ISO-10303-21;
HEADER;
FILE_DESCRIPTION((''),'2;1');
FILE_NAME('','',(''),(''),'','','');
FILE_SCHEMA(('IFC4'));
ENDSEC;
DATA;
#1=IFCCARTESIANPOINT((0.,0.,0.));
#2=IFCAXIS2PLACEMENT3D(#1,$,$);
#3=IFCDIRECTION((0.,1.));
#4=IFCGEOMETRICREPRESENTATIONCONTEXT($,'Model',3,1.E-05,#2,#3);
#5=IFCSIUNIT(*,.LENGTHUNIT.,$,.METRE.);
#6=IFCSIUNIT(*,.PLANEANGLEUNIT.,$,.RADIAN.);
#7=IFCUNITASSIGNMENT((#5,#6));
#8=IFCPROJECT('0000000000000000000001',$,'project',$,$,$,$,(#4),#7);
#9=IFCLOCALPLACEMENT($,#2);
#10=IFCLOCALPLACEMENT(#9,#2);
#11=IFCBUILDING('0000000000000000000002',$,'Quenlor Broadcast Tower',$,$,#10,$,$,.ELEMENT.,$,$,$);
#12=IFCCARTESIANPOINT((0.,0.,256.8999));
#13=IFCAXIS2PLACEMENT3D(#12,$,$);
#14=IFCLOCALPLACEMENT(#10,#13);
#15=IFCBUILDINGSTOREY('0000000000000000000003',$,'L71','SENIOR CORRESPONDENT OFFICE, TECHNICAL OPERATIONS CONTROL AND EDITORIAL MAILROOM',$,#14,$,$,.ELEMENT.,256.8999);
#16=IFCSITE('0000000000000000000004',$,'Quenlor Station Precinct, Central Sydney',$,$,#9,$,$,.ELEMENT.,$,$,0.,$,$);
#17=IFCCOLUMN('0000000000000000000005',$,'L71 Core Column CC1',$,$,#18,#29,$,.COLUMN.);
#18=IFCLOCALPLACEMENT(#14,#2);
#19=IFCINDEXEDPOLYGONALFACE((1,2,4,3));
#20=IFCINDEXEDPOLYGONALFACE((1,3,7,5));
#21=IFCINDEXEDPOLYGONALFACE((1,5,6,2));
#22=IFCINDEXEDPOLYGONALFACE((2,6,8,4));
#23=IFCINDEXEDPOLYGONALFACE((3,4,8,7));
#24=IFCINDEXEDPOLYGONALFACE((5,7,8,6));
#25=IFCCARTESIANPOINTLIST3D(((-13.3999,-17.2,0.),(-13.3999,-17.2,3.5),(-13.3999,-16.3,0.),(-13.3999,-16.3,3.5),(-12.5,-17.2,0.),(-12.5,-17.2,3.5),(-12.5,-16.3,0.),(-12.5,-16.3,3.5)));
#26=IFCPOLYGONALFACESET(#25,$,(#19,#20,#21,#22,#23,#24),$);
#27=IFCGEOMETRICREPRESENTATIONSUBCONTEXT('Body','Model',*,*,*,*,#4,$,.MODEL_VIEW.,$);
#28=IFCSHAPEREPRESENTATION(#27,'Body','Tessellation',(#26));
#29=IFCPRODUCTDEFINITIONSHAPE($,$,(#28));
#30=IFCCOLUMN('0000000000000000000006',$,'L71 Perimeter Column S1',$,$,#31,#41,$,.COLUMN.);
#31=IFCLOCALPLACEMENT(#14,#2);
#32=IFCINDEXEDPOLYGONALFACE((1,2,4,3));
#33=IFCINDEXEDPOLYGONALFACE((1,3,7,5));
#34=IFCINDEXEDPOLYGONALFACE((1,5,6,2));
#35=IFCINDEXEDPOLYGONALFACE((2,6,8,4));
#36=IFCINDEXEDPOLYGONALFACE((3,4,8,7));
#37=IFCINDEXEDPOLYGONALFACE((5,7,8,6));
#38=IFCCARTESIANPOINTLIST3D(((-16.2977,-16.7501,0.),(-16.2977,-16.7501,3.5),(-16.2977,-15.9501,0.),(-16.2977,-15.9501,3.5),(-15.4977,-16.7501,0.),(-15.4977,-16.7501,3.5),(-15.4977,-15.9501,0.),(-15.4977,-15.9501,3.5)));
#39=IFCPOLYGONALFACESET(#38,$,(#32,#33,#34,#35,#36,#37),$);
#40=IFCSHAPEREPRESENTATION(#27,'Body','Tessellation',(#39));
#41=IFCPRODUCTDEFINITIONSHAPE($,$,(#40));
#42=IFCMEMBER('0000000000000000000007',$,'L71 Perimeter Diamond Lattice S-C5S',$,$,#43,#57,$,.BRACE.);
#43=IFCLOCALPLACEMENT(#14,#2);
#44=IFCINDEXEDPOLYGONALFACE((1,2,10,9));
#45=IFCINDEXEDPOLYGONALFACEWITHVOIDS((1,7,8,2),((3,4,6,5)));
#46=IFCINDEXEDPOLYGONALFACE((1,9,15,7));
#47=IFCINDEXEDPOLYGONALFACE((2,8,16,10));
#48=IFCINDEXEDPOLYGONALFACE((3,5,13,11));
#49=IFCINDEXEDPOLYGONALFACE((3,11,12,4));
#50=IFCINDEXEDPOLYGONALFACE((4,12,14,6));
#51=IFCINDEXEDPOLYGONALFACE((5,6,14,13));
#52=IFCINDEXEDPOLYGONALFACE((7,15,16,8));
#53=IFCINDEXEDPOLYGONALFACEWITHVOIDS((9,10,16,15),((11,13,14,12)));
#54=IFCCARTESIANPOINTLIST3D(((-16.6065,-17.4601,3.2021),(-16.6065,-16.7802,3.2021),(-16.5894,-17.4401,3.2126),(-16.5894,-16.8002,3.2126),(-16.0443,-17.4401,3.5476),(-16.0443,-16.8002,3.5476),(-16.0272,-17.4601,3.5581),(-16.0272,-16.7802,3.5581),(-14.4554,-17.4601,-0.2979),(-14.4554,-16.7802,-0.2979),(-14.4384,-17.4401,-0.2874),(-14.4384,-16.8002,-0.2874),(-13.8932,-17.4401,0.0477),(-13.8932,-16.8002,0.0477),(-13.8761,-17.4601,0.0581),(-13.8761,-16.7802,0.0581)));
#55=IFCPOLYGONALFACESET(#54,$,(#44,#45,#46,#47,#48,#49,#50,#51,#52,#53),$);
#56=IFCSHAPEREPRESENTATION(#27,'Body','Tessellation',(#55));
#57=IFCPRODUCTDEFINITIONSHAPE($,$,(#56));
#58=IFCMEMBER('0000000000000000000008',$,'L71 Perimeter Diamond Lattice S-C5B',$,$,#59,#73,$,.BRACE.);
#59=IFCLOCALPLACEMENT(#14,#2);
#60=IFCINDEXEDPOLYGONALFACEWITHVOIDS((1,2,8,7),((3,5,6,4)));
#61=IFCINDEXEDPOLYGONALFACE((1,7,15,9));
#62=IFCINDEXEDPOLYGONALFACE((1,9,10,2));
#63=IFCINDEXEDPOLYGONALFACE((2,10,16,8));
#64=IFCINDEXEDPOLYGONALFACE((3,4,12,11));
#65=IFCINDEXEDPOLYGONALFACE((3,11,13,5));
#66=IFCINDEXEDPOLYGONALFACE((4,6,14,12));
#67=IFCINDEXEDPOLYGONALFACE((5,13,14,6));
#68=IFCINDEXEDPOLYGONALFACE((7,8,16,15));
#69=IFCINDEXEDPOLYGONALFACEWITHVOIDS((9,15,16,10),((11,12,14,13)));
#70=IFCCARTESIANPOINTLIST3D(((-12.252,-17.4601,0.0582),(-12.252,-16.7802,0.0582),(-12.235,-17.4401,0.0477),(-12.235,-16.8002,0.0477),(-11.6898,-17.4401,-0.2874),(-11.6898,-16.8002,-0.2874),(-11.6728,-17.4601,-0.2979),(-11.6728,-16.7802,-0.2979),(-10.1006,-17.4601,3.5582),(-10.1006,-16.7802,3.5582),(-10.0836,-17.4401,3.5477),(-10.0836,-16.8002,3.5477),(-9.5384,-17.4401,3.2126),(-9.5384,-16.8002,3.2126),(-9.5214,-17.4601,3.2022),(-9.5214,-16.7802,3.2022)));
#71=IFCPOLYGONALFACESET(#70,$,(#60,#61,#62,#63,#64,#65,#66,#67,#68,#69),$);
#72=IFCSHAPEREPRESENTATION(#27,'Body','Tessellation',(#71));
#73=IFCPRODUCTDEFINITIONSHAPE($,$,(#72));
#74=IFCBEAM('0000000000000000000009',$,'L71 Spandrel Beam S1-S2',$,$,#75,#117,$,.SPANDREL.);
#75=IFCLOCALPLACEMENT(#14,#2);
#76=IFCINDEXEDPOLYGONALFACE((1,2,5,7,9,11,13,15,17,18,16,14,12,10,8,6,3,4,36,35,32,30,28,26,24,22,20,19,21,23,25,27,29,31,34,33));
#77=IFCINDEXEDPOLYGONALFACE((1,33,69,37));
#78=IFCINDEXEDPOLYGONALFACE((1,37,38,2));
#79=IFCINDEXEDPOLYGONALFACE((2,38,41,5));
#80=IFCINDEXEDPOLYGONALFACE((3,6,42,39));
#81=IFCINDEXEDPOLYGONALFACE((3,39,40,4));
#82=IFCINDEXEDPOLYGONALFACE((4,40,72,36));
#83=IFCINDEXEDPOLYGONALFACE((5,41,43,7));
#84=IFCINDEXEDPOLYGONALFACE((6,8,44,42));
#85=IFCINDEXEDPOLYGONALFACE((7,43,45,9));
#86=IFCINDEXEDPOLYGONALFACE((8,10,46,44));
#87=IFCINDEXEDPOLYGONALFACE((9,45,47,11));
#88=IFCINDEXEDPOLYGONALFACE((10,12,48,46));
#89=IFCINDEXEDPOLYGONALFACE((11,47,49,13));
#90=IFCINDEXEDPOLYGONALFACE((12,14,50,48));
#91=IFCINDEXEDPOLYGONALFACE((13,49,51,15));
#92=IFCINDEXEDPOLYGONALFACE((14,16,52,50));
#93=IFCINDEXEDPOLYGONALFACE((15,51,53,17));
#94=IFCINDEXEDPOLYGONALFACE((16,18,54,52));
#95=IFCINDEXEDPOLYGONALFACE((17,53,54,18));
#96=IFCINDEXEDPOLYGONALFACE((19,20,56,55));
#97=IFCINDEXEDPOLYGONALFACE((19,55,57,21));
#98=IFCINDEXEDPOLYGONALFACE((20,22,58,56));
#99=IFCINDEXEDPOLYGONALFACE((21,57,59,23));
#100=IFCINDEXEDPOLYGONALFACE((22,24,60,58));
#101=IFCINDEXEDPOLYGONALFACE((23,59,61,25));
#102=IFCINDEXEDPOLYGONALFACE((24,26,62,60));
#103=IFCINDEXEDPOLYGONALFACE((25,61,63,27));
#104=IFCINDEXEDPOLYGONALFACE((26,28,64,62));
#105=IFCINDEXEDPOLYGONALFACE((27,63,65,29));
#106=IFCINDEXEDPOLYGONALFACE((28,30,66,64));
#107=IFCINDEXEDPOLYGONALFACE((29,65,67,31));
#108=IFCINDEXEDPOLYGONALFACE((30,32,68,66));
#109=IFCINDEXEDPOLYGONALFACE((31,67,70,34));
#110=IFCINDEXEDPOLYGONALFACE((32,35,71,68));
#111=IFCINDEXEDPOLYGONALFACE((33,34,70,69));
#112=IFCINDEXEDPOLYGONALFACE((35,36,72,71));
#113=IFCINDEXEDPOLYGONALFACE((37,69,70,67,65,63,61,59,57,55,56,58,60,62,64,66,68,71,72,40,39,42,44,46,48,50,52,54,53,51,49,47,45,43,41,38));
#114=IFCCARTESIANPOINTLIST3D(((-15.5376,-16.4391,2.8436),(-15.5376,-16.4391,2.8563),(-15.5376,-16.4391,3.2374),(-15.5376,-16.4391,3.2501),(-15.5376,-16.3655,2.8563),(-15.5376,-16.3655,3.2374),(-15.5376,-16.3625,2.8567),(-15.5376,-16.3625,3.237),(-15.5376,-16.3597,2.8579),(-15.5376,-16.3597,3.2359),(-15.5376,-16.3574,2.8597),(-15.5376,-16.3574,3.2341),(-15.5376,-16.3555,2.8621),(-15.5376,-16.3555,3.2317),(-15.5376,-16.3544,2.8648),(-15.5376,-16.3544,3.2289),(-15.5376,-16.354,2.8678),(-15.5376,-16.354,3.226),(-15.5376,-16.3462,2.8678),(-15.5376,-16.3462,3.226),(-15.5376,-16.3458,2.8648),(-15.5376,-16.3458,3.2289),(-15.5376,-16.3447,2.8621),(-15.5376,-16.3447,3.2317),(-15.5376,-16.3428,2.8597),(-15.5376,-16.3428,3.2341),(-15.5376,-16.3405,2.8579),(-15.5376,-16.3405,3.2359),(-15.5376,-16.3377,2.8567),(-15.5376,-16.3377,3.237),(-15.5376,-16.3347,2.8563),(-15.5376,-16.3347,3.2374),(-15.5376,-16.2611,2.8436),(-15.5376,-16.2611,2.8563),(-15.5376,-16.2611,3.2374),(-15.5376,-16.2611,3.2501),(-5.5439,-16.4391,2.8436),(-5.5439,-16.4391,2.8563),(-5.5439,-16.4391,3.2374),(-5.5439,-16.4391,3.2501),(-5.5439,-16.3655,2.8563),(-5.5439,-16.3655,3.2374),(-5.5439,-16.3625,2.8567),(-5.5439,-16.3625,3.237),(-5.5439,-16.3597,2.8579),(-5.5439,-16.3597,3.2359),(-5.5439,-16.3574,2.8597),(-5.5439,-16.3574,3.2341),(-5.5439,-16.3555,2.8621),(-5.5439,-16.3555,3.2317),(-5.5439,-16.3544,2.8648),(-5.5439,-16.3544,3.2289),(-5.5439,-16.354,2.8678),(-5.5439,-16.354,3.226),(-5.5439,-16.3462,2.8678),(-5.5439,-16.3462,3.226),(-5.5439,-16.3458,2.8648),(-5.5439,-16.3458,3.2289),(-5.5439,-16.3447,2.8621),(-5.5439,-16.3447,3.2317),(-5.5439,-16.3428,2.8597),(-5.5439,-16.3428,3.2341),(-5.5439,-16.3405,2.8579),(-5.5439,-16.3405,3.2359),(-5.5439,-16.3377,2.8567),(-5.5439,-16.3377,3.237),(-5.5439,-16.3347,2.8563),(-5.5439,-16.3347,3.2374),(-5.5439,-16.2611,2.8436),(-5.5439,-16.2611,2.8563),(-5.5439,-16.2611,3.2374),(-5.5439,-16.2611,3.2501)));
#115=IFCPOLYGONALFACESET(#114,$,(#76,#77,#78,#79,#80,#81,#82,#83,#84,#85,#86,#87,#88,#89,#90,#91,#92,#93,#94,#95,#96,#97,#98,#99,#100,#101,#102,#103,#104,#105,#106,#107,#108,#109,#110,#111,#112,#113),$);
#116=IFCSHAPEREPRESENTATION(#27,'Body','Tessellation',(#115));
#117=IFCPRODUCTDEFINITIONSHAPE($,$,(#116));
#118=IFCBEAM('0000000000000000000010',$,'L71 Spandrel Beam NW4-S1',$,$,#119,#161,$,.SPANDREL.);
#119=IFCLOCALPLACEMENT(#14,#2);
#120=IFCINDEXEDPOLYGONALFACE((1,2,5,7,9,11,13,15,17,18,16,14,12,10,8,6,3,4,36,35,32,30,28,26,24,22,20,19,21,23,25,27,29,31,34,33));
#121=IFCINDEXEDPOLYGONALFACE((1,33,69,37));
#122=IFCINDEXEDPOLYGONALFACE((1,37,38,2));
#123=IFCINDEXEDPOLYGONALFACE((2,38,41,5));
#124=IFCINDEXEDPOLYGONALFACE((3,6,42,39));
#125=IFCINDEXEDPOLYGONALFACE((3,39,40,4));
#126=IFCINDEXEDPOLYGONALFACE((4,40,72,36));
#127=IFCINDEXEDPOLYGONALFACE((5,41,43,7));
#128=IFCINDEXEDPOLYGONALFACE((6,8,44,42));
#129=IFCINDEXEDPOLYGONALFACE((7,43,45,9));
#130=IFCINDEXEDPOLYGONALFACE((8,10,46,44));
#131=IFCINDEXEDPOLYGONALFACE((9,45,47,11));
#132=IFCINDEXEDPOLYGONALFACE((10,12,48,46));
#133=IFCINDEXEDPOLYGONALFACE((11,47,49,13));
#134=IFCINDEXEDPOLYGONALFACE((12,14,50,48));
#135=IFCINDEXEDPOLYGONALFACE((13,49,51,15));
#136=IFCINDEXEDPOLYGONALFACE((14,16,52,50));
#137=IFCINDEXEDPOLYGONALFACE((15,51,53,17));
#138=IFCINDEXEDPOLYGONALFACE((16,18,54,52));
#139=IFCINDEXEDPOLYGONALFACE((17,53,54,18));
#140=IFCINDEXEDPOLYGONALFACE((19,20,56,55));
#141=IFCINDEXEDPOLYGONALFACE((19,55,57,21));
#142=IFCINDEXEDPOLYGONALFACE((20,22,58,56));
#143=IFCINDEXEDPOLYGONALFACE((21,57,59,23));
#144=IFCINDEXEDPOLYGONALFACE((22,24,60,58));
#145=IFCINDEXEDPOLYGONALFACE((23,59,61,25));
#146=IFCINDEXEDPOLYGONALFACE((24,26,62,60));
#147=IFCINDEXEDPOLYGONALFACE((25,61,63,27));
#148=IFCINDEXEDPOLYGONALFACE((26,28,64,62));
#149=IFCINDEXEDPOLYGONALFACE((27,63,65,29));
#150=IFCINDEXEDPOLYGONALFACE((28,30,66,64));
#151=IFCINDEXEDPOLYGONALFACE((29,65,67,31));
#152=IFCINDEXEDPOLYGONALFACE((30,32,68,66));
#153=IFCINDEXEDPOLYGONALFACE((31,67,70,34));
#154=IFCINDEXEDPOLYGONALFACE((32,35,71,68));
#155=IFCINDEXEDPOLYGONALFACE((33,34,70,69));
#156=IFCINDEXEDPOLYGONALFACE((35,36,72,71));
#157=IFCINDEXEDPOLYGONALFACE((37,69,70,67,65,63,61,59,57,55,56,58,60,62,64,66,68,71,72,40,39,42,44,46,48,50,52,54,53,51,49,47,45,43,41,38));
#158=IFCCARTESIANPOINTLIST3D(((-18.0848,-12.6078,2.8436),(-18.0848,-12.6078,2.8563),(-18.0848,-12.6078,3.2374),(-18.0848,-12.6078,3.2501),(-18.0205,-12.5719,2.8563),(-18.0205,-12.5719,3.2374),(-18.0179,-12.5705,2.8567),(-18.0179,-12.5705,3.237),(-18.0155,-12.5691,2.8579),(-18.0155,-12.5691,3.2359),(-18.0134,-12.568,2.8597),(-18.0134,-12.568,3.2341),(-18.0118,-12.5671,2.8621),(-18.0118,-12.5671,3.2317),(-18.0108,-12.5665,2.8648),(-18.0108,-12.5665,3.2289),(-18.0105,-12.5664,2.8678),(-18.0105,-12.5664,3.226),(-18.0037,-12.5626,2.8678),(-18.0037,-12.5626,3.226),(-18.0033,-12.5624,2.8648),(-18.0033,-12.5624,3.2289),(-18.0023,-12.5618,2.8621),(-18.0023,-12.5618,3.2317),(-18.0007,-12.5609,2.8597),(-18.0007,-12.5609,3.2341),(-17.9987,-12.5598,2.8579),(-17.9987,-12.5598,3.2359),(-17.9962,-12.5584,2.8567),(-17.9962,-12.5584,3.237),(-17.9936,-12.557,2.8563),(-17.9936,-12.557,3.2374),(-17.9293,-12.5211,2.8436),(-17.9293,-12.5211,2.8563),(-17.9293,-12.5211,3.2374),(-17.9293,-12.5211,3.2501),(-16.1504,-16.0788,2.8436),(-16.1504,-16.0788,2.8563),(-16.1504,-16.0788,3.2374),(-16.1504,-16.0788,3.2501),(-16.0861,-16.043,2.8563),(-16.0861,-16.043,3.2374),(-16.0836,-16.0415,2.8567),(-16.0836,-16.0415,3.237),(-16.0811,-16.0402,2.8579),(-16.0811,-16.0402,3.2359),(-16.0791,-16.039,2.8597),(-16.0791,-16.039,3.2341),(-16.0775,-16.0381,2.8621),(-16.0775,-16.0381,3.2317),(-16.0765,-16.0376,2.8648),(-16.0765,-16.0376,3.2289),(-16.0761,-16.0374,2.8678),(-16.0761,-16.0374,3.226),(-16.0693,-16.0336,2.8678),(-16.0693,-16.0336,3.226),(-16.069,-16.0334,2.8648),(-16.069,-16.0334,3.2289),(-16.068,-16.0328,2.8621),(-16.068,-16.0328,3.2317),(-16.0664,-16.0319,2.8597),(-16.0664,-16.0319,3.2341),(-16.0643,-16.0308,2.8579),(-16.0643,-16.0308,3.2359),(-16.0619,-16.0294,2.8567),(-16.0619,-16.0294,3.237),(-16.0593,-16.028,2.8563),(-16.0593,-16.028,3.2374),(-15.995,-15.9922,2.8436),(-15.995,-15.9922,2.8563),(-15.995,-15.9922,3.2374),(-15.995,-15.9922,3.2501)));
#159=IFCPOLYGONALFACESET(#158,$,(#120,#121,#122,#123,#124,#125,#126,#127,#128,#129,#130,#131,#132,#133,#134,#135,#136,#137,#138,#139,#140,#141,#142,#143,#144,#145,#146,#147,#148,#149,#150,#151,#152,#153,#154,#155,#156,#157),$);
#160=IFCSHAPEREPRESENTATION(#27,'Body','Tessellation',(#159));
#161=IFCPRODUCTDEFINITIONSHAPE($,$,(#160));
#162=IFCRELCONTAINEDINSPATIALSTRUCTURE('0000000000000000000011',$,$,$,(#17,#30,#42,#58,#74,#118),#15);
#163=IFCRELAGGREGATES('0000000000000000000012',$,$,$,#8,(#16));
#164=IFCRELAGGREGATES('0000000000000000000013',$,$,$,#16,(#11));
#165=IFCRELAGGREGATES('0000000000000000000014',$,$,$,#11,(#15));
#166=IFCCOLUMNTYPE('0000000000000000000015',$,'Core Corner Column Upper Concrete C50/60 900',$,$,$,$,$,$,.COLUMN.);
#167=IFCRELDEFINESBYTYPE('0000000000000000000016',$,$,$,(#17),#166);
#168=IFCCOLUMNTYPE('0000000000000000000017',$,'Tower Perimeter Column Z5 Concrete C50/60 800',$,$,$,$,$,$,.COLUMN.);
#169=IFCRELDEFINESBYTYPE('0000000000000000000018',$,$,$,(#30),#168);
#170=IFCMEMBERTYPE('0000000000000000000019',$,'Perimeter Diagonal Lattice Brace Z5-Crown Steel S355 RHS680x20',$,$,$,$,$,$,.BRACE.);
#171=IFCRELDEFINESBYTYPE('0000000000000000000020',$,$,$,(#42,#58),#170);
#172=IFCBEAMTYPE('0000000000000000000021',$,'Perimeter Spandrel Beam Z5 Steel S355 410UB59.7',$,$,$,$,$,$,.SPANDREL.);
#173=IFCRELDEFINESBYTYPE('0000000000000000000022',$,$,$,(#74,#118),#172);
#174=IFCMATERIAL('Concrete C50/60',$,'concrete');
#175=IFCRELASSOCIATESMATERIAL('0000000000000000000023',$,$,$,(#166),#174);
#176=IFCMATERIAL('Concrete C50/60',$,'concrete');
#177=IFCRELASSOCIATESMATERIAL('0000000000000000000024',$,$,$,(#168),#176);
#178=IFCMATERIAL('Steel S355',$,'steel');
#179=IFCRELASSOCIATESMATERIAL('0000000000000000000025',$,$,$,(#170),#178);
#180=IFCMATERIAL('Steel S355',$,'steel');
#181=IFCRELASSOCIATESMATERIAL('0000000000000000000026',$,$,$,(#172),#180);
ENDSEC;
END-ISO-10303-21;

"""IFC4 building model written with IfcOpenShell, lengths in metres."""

from ifc_helpers import new_model, si_unit, direction, frame, origin, origin_2d, place, context, subcontext, project, spatial, rectangle, hollow_rectangle, i_section, extrude, material, material_profile, profile_set, type_object, element, save


model = new_model("IFC4")

# Units and contexts
model_context = context("Model", 3, precision=1e-05, world=origin(), true_north=direction((0.0, 1.0)))
body_context = subcontext(model_context, "Body", "Model", "MODEL_VIEW")
ifc_project = project(units=[si_unit("LENGTHUNIT", "METRE"), si_unit("PLANEANGLEUNIT", "RADIAN")], contexts=[model_context])

# Site, building, storey
site_placement = place(None, origin())
site = spatial("IfcSite", under=ifc_project, at=site_placement, Name="Quenlor Station Precinct, Central Sydney", CompositionType="ELEMENT", RefElevation=0.0)
building_placement = place(site_placement, origin())
building = spatial("IfcBuilding", under=site, at=building_placement, Name="Quenlor Broadcast Tower", CompositionType="ELEMENT")
storey_placement = place(building_placement, frame((0.0, 0.0, 256.8999)))
storey = spatial("IfcBuildingStorey", under=building, at=storey_placement, Name="L71", Description="SENIOR CORRESPONDENT OFFICE, TECHNICAL OPERATIONS CONTROL AND EDITORIAL MAILROOM", CompositionType="ELEMENT", Elevation=256.8999)

# Columns
ifc_material_1 = material(Name="Concrete C50/60", Category="concrete")
ifc_material_profile_1 = material_profile(ifc_material_1, rectangle(XDim=0.8999, YDim=0.8999, at=origin_2d()))
ifc_profile_set_1 = profile_set([ifc_material_profile_1], Name="Concrete C50/60 RC900x900")
column_type_1 = type_object("IfcColumnType", Name="Core Corner Column Upper Concrete C50/60 900", PredefinedType="COLUMN", material=ifc_profile_set_1)
column_1_placement = place(storey_placement, frame((-12.95, -16.75, 0.0), z_axis=(0.0, 0.0, 1.0), x_axis=(1.0, 0.0, 0.0)))
element("IfcColumn", 1, at=column_1_placement, inside=storey, type_object=column_type_1, Name="L71 Core Column CC1", PredefinedType="COLUMN", context=body_context, shape_type="SweptSolid", body=[
    extrude(rectangle(XDim=0.8999, YDim=0.8999, at=origin_2d()), origin(), (0.0, 0.0, 1.0), 3.5),
])
ifc_material_2 = material(Name="Concrete C50/60", Category="concrete")
ifc_material_profile_2 = material_profile(ifc_material_2, rectangle(XDim=0.8, YDim=0.8, at=origin_2d()))
ifc_profile_set_2 = profile_set([ifc_material_profile_2], Name="Concrete C50/60 RC800x800")
column_type_2 = type_object("IfcColumnType", Name="Tower Perimeter Column Z5 Concrete C50/60 800", PredefinedType="COLUMN", material=ifc_profile_set_2)
column_2_placement = place(storey_placement, frame((-15.8977, -16.3501, 0.0), z_axis=(0.0, 0.0, 1.0), x_axis=(0.0, 1.0, 0.0)))
element("IfcColumn", 2, at=column_2_placement, inside=storey, type_object=column_type_2, Name="L71 Perimeter Column S1", PredefinedType="COLUMN", context=body_context, shape_type="SweptSolid", body=[
    extrude(rectangle(XDim=0.8, YDim=0.8, at=origin_2d()), origin(), (0.0, 0.0, 1.0), 3.5),
])

# Members
ifc_material_3 = material(Name="Steel S355", Category="steel")
ifc_material_profile_3 = material_profile(ifc_material_3, hollow_rectangle(XDim=0.6799, YDim=0.6799, WallThickness=0.02, at=origin_2d()))
ifc_profile_set_3 = profile_set([ifc_material_profile_3], Name="Steel S355 RHS680x680x20")
member_type = type_object("IfcMemberType", Name="Perimeter Diagonal Lattice Brace Z5-Crown Steel S355 RHS680x20", PredefinedType="BRACE", material=ifc_profile_set_3)
member_1_placement = place(storey_placement, frame((-14.1658, -17.1201, -0.1199), z_axis=(-0.523617, 0.0, 0.851954), x_axis=(0.0, -1.0, 0.0)))
element("IfcMember", 3, at=member_1_placement, inside=storey, type_object=member_type, Name="L71 Perimeter Diamond Lattice S-C5S", PredefinedType="BRACE", context=body_context, shape_type="SweptSolid", body=[
    extrude(hollow_rectangle(XDim=0.6799, YDim=0.6799, WallThickness=0.02, at=origin_2d()), origin(), (0.0, 0.0, 1.0), 4.1082),
])
member_2_placement = place(storey_placement, frame((-11.9624, -17.1201, -0.1199), z_axis=(0.52366, 0.0, 0.851928), x_axis=(0.0, 1.0, 0.0)))
element("IfcMember", 4, at=member_2_placement, inside=storey, type_object=member_type, Name="L71 Perimeter Diamond Lattice S-C5B", PredefinedType="BRACE", context=body_context, shape_type="SweptSolid", body=[
    extrude(hollow_rectangle(XDim=0.6799, YDim=0.6799, WallThickness=0.02, at=origin_2d()), origin(), (0.0, 0.0, 1.0), 4.1084),
])

# Beams
ifc_material_4 = material(Name="Steel S355", Category="steel")
ifc_material_profile_4 = material_profile(ifc_material_4, i_section(OverallWidth=0.178, OverallDepth=0.4065, WebThickness=0.0078, FlangeThickness=0.0127, FilletRadius=0.0115, at=origin_2d()))
ifc_profile_set_4 = profile_set([ifc_material_profile_4], Name="Steel S355 410UB59.7")
beam_type_1 = type_object("IfcBeamType", Name="Perimeter Spandrel Beam Z5 Steel S355 410UB59.7", PredefinedType="SPANDREL", material=ifc_profile_set_4)
beam_1_placement = place(storey_placement, frame((-15.5376, -16.3501, 3.0469), z_axis=(1.0, 0.0, 0.0), x_axis=(0.0, 1.0, 0.0)))
element("IfcBeam", 5, at=beam_1_placement, inside=storey, type_object=beam_type_1, Name="L71 Spandrel Beam S1-S2", PredefinedType="SPANDREL", context=body_context, shape_type="SweptSolid", body=[
    extrude(i_section(OverallWidth=0.178, OverallDepth=0.4065, WebThickness=0.0078, FlangeThickness=0.0127, FilletRadius=0.0115, at=origin_2d()), origin(), (0.0, 0.0, 1.0), 9.9937),
])
beam_2_placement = place(storey_placement, frame((-18.0071, -12.5645, 3.0469), z_axis=(0.486801, -0.873513, 0.0), x_axis=(0.873513, 0.486801, 0.0)))
element("IfcBeam", 6, at=beam_2_placement, inside=storey, type_object=beam_type_1, Name="L71 Spandrel Beam NW4-S1", PredefinedType="SPANDREL", context=body_context, shape_type="SweptSolid", body=[
    extrude(i_section(OverallWidth=0.178, OverallDepth=0.4065, WebThickness=0.0078, FlangeThickness=0.0127, FilletRadius=0.0115, at=origin_2d()), origin(), (0.0, 0.0, 1.0), 3.9736),
])

save(model, "model.ifc")
